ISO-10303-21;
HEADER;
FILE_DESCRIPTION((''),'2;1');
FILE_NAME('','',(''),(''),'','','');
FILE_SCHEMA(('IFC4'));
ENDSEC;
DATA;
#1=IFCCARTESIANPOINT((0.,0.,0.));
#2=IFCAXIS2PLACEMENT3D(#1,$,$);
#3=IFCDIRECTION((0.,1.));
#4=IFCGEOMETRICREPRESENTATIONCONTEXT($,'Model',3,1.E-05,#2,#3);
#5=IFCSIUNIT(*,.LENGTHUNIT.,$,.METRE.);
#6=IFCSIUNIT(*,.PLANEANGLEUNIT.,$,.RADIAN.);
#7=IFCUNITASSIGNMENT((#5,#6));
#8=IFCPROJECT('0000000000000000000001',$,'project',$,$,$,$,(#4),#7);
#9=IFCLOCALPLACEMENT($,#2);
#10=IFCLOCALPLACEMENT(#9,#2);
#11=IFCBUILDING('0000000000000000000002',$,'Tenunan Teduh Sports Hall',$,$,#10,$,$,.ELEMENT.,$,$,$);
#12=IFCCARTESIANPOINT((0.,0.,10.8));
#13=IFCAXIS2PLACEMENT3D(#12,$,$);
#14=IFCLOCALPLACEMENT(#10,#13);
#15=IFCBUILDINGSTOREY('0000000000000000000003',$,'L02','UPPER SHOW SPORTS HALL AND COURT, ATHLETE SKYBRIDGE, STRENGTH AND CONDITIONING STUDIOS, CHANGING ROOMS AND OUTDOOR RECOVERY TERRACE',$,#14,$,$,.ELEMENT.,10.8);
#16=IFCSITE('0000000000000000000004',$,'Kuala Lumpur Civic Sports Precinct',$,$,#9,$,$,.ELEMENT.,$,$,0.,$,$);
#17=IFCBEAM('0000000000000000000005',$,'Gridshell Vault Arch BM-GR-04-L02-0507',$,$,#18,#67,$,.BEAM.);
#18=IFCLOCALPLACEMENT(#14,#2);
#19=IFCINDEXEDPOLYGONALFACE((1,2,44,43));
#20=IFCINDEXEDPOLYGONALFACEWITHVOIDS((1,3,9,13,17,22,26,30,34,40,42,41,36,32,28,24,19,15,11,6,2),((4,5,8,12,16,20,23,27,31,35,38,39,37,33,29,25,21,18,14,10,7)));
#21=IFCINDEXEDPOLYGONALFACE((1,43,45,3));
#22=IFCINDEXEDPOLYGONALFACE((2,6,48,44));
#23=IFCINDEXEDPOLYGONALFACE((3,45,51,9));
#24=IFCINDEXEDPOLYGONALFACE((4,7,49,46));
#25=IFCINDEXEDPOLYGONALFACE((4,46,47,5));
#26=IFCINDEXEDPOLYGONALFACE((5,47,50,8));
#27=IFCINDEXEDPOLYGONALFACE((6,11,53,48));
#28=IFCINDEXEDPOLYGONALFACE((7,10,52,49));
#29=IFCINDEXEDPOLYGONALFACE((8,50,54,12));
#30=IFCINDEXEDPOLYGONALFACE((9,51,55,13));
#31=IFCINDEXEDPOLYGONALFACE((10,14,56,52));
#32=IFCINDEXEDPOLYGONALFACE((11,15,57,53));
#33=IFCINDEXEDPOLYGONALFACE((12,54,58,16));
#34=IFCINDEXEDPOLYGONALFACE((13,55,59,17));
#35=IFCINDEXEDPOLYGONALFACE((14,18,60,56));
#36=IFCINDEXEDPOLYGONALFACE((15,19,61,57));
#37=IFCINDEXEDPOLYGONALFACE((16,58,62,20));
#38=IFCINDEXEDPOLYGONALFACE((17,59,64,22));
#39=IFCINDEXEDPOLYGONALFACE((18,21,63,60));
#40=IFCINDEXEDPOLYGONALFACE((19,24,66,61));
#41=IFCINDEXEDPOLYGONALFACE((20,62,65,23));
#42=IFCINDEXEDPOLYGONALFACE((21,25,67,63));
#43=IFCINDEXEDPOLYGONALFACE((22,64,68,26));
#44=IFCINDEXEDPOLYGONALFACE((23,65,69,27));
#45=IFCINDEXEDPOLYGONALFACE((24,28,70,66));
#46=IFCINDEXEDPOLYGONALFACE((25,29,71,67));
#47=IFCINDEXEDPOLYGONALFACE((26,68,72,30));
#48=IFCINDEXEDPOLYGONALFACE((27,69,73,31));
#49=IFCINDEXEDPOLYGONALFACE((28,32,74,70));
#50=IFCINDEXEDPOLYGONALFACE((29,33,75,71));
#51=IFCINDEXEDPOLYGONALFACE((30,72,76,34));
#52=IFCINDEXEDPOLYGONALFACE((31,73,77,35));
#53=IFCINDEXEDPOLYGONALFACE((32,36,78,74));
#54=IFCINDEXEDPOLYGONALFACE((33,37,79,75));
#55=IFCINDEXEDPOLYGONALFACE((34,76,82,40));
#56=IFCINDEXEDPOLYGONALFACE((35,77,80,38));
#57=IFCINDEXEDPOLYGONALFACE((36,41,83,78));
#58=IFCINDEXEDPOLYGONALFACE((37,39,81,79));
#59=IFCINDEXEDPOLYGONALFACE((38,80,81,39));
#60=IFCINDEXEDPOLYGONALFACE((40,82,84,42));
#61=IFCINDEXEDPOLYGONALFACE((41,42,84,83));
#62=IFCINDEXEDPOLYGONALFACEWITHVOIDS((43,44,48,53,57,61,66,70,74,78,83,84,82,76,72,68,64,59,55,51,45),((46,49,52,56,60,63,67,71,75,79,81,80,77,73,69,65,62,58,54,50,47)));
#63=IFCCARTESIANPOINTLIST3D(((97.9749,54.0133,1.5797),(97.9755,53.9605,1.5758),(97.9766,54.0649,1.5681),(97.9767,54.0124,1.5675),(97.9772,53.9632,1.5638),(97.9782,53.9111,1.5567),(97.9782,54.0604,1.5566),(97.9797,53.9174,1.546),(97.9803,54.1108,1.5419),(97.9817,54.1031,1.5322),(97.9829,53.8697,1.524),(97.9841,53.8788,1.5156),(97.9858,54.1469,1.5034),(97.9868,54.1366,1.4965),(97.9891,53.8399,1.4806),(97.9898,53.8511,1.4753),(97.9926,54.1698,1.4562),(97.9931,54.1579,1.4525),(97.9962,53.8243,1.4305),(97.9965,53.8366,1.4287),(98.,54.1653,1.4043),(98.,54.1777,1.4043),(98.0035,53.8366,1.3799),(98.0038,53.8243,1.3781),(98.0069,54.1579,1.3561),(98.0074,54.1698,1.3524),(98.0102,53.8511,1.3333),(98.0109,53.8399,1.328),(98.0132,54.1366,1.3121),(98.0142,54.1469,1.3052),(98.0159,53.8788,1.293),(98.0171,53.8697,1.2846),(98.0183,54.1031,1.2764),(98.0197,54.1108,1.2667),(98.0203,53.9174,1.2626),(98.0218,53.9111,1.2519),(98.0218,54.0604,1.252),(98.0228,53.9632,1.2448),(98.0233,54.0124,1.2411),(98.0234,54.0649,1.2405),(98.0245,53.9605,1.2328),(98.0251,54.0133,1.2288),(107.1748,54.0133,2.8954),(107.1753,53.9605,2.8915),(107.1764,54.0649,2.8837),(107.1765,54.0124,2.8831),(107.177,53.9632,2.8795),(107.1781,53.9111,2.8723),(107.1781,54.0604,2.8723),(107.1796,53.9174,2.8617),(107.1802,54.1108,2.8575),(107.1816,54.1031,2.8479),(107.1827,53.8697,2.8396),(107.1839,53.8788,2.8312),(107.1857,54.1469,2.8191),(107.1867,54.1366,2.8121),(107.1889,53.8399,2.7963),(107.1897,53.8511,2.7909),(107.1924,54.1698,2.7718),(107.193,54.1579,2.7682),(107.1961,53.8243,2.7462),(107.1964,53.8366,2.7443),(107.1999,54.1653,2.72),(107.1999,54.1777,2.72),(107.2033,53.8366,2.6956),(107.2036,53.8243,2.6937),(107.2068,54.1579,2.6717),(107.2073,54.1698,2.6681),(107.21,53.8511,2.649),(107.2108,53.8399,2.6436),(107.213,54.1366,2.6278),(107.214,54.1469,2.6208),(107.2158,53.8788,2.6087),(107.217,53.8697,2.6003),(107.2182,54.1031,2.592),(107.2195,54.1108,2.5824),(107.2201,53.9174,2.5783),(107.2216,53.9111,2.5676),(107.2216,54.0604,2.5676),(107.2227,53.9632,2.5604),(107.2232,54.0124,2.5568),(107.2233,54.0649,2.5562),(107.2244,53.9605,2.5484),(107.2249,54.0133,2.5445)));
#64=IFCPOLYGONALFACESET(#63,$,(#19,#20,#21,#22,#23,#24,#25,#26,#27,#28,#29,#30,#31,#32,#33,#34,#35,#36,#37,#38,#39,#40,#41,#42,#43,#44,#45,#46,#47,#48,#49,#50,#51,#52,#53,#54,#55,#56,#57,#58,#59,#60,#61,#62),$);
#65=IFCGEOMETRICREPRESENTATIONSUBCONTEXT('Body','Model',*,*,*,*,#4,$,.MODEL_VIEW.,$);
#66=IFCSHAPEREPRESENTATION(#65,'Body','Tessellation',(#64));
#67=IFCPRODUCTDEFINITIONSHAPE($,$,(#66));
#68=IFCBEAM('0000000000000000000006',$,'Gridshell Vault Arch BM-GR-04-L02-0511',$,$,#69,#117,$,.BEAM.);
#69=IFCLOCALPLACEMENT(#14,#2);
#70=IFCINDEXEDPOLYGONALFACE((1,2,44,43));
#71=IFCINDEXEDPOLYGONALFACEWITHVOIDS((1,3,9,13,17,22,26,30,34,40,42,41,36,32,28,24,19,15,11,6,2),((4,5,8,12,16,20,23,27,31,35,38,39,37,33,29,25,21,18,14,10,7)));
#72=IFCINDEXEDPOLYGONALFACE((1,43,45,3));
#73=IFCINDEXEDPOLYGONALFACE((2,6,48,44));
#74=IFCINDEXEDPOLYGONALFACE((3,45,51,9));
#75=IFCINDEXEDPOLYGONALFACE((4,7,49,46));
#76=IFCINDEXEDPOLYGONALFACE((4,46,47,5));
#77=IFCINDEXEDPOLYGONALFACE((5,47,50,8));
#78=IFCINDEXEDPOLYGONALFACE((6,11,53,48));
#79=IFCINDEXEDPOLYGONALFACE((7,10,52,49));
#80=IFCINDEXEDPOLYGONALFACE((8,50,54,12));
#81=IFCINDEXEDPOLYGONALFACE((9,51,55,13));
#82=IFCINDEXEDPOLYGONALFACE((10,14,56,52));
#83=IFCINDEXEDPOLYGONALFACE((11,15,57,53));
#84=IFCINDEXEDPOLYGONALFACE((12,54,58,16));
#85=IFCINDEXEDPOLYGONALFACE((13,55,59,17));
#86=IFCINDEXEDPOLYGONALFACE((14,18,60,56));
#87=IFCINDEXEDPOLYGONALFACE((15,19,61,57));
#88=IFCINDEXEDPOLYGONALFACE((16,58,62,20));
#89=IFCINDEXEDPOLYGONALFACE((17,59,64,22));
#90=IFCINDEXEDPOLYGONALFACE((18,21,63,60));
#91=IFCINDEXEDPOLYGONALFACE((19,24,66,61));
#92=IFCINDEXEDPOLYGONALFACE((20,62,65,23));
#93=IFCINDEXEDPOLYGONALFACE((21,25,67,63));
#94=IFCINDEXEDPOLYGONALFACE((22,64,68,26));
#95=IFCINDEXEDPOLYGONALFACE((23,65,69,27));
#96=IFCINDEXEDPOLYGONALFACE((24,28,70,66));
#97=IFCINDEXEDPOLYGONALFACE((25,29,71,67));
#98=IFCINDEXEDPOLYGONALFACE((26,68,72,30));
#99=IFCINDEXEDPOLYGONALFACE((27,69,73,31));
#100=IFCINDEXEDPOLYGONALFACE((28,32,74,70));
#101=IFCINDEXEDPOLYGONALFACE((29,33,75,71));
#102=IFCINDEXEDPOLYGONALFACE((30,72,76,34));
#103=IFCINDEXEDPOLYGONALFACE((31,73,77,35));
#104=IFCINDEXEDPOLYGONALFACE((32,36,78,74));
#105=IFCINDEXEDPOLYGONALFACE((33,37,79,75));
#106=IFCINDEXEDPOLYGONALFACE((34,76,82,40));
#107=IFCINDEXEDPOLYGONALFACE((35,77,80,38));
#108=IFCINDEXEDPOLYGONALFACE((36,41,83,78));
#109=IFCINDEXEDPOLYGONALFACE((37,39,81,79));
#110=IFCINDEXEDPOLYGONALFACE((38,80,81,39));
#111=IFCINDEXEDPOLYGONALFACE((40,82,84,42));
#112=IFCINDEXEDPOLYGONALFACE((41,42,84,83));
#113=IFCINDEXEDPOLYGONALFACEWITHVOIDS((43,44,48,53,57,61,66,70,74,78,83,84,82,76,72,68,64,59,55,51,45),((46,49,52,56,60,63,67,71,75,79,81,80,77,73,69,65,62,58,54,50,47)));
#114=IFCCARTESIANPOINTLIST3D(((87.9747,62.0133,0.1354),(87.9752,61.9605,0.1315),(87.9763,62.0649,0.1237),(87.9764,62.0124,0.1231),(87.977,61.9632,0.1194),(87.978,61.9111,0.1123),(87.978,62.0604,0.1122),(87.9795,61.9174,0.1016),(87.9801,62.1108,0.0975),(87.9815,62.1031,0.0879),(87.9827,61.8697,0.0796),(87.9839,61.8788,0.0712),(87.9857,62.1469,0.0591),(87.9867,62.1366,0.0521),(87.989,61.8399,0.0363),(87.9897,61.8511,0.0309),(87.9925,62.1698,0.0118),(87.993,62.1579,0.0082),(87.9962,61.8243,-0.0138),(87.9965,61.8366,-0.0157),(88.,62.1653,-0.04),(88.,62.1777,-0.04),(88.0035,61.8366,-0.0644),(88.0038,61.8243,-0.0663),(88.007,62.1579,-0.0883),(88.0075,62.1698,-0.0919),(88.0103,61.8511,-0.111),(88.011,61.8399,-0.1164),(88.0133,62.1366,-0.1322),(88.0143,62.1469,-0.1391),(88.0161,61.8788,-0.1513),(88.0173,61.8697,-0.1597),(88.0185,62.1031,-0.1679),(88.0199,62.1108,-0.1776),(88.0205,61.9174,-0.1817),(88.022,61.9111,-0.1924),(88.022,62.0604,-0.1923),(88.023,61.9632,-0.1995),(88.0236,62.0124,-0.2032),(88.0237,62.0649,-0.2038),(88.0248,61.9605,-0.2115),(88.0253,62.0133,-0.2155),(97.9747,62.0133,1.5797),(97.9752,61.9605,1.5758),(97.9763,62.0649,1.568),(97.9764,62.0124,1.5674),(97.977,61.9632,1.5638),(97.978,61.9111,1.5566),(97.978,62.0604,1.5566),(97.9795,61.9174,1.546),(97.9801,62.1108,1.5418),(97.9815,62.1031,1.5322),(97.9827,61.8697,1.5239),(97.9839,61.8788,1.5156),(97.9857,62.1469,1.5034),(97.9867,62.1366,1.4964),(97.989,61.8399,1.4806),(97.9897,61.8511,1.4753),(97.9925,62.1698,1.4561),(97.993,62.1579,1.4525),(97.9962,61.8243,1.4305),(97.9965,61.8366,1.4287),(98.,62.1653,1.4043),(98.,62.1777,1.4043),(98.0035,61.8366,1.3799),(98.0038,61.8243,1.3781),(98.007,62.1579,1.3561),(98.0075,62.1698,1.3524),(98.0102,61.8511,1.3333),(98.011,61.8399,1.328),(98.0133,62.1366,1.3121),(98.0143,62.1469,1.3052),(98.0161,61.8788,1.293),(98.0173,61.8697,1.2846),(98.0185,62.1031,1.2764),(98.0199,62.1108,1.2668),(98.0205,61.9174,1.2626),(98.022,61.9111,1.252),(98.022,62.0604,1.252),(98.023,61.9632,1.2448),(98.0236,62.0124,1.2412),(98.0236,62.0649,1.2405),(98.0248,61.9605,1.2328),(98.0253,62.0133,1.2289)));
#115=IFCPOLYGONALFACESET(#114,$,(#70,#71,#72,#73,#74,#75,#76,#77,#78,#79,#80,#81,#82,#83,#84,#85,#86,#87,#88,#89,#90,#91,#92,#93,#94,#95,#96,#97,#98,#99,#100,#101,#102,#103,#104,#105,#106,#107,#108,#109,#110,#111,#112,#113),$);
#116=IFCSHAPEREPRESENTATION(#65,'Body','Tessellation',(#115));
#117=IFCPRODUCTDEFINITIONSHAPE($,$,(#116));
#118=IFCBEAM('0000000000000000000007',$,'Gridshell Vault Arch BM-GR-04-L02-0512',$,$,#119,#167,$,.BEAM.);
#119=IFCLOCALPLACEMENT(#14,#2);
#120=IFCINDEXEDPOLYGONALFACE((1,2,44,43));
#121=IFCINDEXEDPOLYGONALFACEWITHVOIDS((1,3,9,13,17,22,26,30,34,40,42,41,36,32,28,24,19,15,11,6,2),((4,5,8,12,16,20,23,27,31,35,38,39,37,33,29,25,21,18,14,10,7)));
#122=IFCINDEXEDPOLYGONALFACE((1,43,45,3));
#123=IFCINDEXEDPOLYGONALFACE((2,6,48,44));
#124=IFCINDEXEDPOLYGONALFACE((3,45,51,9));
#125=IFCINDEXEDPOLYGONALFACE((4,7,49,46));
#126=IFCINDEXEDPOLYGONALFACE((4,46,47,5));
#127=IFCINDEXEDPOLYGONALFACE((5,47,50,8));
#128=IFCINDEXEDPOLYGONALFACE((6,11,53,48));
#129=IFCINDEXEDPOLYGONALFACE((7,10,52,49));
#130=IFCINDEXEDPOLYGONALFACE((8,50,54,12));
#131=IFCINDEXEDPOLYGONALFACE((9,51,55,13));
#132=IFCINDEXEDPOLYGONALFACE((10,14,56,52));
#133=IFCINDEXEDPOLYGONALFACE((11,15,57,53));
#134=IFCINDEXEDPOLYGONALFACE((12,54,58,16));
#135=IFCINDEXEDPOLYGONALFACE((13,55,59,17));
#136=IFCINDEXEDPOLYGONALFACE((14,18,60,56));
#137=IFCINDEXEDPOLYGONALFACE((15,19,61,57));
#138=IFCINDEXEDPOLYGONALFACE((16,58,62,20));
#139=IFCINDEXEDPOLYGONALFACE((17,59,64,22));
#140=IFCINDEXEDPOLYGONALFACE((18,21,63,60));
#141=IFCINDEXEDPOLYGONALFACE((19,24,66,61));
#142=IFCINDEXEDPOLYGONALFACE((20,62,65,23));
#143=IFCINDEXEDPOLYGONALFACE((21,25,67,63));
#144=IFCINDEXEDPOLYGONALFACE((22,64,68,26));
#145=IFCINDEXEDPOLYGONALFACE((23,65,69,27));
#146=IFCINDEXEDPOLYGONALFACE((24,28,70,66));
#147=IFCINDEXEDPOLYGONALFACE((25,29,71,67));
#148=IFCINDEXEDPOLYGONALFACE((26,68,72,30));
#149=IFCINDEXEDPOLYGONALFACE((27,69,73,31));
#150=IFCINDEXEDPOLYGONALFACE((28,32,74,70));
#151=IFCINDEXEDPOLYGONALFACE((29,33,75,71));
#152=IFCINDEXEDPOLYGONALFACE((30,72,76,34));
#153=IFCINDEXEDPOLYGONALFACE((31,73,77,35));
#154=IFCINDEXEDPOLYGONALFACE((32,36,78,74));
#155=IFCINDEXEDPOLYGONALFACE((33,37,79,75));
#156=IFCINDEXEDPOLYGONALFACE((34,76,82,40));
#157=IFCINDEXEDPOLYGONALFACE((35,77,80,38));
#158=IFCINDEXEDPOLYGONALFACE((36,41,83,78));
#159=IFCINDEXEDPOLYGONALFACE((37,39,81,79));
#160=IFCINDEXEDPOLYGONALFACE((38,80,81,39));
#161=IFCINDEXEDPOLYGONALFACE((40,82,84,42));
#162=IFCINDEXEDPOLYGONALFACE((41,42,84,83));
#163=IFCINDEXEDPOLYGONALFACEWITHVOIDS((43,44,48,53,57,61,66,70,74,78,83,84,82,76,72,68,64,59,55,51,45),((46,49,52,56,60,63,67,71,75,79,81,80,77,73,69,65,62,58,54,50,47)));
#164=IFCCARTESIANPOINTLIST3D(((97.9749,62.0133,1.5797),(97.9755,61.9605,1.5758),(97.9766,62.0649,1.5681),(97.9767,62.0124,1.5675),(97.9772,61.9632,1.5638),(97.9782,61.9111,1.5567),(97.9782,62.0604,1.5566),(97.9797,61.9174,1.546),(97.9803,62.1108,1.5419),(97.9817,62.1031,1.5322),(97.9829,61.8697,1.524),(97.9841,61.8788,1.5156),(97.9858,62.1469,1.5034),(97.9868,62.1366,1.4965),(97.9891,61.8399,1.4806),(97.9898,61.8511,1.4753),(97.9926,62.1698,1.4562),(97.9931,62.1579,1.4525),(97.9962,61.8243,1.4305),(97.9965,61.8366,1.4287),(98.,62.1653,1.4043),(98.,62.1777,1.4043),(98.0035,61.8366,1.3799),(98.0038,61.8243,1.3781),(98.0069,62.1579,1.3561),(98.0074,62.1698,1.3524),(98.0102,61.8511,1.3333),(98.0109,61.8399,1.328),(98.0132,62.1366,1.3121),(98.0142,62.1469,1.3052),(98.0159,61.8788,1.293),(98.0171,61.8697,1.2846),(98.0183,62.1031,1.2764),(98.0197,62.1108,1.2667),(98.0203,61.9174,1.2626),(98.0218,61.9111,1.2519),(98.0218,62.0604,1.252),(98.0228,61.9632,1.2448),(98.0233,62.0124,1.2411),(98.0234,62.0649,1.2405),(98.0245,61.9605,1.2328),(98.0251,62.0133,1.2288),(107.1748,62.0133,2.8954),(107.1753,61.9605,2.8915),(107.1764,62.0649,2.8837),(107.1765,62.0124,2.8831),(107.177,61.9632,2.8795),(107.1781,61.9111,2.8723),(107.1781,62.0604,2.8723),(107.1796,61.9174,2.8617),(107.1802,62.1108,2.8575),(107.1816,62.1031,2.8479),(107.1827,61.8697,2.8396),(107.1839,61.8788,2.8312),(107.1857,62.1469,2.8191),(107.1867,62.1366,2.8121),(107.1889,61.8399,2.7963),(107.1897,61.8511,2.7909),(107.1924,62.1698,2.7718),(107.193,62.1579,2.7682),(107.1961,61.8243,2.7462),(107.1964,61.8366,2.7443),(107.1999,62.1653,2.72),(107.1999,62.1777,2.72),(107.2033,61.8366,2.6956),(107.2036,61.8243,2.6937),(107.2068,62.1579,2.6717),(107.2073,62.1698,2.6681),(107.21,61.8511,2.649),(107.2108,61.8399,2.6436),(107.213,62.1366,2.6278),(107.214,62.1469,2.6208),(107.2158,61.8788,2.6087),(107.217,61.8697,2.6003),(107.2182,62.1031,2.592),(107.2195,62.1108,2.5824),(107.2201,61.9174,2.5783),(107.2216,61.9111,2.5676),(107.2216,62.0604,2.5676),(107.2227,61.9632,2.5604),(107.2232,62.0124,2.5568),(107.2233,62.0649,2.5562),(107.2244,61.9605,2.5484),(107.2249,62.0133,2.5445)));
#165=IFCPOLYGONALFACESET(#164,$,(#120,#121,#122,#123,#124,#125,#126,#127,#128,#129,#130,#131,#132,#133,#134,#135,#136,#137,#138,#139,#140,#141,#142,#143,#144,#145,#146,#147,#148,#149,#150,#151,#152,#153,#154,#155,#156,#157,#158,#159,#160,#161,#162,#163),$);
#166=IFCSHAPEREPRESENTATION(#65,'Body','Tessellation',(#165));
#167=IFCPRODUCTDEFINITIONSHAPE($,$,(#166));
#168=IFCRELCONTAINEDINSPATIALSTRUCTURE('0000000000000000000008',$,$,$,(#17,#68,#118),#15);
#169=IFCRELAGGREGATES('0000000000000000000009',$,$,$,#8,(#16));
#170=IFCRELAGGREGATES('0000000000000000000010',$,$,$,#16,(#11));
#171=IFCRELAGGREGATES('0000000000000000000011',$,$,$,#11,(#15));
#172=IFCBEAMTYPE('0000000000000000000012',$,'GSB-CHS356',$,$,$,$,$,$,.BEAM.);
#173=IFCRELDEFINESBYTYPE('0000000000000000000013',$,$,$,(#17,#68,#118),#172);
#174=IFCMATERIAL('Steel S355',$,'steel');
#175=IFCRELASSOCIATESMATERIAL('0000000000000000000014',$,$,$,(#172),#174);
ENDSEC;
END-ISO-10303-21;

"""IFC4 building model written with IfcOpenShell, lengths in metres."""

from ifc_helpers import new_model, si_unit, direction, frame, origin, origin_2d, place, context, subcontext, project, spatial, hollow_circle, extrude, material, material_profile, profile_set, type_object, element, save


model = new_model("IFC4")

# Units and contexts
model_context = context("Model", 3, precision=1e-05, world=origin(), true_north=direction((0.0, 1.0)))
body_context = subcontext(model_context, "Body", "Model", "MODEL_VIEW")
ifc_project = project(units=[si_unit("LENGTHUNIT", "METRE"), si_unit("PLANEANGLEUNIT", "RADIAN")], contexts=[model_context])

# Site, building, storey
site_placement = place(None, origin())
site = spatial("IfcSite", under=ifc_project, at=site_placement, Name="Kuala Lumpur Civic Sports Precinct", CompositionType="ELEMENT", RefElevation=0.0)
building_placement = place(site_placement, origin())
building = spatial("IfcBuilding", under=site, at=building_placement, Name="Tenunan Teduh Sports Hall", CompositionType="ELEMENT")
storey_placement = place(building_placement, frame((0.0, 0.0, 10.8)))
storey = spatial("IfcBuildingStorey", under=building, at=storey_placement, Name="L02", Description="UPPER SHOW SPORTS HALL AND COURT, ATHLETE SKYBRIDGE, STRENGTH AND CONDITIONING STUDIOS, CHANGING ROOMS AND OUTDOOR RECOVERY TERRACE", CompositionType="ELEMENT", Elevation=10.8)

# Beams
ifc_material_1 = material(Name="Steel S355", Category="steel")
ifc_material_profile_1 = material_profile(ifc_material_1, hollow_circle(Radius=0.1777, WallThickness=0.0125, at=origin_2d()), Name="CHS 355.6x12.5")
ifc_profile_set_1 = profile_set([ifc_material_profile_1], Name="Steel S355")
beam_type_1 = type_object("IfcBeamType", Name="GSB-CHS356", PredefinedType="BEAM", material=ifc_profile_set_1)
beam_1_placement = place(storey_placement, frame((98.0, 54.0, 1.4043), z_axis=(0.989928, 0.0, 0.141568), x_axis=(0.0, 1.0, 0.0)))
element("IfcBeam", 1, at=beam_1_placement, inside=storey, type_object=beam_type_1, Name="Gridshell Vault Arch BM-GR-04-L02-0507", PredefinedType="BEAM", context=body_context, shape_type="SweptSolid", body=[
    extrude(hollow_circle(Radius=0.1777, WallThickness=0.0125, at=origin_2d()), origin(), (0.0, 0.0, 1.0), 9.2935),
])
beam_2_placement = place(storey_placement, frame((88.0, 62.0, -0.04), z_axis=(0.98973, 0.0, 0.14295), x_axis=(0.0, 1.0, 0.0)))
element("IfcBeam", 2, at=beam_2_placement, inside=storey, type_object=beam_type_1, Name="Gridshell Vault Arch BM-GR-04-L02-0511", PredefinedType="BEAM", context=body_context, shape_type="SweptSolid", body=[
    extrude(hollow_circle(Radius=0.1777, WallThickness=0.0125, at=origin_2d()), origin(), (0.0, 0.0, 1.0), 10.1038),
])
beam_3_placement = place(storey_placement, frame((98.0, 62.0, 1.4043), z_axis=(0.989928, 0.0, 0.141568), x_axis=(0.0, 1.0, 0.0)))
element("IfcBeam", 3, at=beam_3_placement, inside=storey, type_object=beam_type_1, Name="Gridshell Vault Arch BM-GR-04-L02-0512", PredefinedType="BEAM", context=body_context, shape_type="SweptSolid", body=[
    extrude(hollow_circle(Radius=0.1777, WallThickness=0.0125, at=origin_2d()), origin(), (0.0, 0.0, 1.0), 9.2935),
])

save(model, "model.ifc")
